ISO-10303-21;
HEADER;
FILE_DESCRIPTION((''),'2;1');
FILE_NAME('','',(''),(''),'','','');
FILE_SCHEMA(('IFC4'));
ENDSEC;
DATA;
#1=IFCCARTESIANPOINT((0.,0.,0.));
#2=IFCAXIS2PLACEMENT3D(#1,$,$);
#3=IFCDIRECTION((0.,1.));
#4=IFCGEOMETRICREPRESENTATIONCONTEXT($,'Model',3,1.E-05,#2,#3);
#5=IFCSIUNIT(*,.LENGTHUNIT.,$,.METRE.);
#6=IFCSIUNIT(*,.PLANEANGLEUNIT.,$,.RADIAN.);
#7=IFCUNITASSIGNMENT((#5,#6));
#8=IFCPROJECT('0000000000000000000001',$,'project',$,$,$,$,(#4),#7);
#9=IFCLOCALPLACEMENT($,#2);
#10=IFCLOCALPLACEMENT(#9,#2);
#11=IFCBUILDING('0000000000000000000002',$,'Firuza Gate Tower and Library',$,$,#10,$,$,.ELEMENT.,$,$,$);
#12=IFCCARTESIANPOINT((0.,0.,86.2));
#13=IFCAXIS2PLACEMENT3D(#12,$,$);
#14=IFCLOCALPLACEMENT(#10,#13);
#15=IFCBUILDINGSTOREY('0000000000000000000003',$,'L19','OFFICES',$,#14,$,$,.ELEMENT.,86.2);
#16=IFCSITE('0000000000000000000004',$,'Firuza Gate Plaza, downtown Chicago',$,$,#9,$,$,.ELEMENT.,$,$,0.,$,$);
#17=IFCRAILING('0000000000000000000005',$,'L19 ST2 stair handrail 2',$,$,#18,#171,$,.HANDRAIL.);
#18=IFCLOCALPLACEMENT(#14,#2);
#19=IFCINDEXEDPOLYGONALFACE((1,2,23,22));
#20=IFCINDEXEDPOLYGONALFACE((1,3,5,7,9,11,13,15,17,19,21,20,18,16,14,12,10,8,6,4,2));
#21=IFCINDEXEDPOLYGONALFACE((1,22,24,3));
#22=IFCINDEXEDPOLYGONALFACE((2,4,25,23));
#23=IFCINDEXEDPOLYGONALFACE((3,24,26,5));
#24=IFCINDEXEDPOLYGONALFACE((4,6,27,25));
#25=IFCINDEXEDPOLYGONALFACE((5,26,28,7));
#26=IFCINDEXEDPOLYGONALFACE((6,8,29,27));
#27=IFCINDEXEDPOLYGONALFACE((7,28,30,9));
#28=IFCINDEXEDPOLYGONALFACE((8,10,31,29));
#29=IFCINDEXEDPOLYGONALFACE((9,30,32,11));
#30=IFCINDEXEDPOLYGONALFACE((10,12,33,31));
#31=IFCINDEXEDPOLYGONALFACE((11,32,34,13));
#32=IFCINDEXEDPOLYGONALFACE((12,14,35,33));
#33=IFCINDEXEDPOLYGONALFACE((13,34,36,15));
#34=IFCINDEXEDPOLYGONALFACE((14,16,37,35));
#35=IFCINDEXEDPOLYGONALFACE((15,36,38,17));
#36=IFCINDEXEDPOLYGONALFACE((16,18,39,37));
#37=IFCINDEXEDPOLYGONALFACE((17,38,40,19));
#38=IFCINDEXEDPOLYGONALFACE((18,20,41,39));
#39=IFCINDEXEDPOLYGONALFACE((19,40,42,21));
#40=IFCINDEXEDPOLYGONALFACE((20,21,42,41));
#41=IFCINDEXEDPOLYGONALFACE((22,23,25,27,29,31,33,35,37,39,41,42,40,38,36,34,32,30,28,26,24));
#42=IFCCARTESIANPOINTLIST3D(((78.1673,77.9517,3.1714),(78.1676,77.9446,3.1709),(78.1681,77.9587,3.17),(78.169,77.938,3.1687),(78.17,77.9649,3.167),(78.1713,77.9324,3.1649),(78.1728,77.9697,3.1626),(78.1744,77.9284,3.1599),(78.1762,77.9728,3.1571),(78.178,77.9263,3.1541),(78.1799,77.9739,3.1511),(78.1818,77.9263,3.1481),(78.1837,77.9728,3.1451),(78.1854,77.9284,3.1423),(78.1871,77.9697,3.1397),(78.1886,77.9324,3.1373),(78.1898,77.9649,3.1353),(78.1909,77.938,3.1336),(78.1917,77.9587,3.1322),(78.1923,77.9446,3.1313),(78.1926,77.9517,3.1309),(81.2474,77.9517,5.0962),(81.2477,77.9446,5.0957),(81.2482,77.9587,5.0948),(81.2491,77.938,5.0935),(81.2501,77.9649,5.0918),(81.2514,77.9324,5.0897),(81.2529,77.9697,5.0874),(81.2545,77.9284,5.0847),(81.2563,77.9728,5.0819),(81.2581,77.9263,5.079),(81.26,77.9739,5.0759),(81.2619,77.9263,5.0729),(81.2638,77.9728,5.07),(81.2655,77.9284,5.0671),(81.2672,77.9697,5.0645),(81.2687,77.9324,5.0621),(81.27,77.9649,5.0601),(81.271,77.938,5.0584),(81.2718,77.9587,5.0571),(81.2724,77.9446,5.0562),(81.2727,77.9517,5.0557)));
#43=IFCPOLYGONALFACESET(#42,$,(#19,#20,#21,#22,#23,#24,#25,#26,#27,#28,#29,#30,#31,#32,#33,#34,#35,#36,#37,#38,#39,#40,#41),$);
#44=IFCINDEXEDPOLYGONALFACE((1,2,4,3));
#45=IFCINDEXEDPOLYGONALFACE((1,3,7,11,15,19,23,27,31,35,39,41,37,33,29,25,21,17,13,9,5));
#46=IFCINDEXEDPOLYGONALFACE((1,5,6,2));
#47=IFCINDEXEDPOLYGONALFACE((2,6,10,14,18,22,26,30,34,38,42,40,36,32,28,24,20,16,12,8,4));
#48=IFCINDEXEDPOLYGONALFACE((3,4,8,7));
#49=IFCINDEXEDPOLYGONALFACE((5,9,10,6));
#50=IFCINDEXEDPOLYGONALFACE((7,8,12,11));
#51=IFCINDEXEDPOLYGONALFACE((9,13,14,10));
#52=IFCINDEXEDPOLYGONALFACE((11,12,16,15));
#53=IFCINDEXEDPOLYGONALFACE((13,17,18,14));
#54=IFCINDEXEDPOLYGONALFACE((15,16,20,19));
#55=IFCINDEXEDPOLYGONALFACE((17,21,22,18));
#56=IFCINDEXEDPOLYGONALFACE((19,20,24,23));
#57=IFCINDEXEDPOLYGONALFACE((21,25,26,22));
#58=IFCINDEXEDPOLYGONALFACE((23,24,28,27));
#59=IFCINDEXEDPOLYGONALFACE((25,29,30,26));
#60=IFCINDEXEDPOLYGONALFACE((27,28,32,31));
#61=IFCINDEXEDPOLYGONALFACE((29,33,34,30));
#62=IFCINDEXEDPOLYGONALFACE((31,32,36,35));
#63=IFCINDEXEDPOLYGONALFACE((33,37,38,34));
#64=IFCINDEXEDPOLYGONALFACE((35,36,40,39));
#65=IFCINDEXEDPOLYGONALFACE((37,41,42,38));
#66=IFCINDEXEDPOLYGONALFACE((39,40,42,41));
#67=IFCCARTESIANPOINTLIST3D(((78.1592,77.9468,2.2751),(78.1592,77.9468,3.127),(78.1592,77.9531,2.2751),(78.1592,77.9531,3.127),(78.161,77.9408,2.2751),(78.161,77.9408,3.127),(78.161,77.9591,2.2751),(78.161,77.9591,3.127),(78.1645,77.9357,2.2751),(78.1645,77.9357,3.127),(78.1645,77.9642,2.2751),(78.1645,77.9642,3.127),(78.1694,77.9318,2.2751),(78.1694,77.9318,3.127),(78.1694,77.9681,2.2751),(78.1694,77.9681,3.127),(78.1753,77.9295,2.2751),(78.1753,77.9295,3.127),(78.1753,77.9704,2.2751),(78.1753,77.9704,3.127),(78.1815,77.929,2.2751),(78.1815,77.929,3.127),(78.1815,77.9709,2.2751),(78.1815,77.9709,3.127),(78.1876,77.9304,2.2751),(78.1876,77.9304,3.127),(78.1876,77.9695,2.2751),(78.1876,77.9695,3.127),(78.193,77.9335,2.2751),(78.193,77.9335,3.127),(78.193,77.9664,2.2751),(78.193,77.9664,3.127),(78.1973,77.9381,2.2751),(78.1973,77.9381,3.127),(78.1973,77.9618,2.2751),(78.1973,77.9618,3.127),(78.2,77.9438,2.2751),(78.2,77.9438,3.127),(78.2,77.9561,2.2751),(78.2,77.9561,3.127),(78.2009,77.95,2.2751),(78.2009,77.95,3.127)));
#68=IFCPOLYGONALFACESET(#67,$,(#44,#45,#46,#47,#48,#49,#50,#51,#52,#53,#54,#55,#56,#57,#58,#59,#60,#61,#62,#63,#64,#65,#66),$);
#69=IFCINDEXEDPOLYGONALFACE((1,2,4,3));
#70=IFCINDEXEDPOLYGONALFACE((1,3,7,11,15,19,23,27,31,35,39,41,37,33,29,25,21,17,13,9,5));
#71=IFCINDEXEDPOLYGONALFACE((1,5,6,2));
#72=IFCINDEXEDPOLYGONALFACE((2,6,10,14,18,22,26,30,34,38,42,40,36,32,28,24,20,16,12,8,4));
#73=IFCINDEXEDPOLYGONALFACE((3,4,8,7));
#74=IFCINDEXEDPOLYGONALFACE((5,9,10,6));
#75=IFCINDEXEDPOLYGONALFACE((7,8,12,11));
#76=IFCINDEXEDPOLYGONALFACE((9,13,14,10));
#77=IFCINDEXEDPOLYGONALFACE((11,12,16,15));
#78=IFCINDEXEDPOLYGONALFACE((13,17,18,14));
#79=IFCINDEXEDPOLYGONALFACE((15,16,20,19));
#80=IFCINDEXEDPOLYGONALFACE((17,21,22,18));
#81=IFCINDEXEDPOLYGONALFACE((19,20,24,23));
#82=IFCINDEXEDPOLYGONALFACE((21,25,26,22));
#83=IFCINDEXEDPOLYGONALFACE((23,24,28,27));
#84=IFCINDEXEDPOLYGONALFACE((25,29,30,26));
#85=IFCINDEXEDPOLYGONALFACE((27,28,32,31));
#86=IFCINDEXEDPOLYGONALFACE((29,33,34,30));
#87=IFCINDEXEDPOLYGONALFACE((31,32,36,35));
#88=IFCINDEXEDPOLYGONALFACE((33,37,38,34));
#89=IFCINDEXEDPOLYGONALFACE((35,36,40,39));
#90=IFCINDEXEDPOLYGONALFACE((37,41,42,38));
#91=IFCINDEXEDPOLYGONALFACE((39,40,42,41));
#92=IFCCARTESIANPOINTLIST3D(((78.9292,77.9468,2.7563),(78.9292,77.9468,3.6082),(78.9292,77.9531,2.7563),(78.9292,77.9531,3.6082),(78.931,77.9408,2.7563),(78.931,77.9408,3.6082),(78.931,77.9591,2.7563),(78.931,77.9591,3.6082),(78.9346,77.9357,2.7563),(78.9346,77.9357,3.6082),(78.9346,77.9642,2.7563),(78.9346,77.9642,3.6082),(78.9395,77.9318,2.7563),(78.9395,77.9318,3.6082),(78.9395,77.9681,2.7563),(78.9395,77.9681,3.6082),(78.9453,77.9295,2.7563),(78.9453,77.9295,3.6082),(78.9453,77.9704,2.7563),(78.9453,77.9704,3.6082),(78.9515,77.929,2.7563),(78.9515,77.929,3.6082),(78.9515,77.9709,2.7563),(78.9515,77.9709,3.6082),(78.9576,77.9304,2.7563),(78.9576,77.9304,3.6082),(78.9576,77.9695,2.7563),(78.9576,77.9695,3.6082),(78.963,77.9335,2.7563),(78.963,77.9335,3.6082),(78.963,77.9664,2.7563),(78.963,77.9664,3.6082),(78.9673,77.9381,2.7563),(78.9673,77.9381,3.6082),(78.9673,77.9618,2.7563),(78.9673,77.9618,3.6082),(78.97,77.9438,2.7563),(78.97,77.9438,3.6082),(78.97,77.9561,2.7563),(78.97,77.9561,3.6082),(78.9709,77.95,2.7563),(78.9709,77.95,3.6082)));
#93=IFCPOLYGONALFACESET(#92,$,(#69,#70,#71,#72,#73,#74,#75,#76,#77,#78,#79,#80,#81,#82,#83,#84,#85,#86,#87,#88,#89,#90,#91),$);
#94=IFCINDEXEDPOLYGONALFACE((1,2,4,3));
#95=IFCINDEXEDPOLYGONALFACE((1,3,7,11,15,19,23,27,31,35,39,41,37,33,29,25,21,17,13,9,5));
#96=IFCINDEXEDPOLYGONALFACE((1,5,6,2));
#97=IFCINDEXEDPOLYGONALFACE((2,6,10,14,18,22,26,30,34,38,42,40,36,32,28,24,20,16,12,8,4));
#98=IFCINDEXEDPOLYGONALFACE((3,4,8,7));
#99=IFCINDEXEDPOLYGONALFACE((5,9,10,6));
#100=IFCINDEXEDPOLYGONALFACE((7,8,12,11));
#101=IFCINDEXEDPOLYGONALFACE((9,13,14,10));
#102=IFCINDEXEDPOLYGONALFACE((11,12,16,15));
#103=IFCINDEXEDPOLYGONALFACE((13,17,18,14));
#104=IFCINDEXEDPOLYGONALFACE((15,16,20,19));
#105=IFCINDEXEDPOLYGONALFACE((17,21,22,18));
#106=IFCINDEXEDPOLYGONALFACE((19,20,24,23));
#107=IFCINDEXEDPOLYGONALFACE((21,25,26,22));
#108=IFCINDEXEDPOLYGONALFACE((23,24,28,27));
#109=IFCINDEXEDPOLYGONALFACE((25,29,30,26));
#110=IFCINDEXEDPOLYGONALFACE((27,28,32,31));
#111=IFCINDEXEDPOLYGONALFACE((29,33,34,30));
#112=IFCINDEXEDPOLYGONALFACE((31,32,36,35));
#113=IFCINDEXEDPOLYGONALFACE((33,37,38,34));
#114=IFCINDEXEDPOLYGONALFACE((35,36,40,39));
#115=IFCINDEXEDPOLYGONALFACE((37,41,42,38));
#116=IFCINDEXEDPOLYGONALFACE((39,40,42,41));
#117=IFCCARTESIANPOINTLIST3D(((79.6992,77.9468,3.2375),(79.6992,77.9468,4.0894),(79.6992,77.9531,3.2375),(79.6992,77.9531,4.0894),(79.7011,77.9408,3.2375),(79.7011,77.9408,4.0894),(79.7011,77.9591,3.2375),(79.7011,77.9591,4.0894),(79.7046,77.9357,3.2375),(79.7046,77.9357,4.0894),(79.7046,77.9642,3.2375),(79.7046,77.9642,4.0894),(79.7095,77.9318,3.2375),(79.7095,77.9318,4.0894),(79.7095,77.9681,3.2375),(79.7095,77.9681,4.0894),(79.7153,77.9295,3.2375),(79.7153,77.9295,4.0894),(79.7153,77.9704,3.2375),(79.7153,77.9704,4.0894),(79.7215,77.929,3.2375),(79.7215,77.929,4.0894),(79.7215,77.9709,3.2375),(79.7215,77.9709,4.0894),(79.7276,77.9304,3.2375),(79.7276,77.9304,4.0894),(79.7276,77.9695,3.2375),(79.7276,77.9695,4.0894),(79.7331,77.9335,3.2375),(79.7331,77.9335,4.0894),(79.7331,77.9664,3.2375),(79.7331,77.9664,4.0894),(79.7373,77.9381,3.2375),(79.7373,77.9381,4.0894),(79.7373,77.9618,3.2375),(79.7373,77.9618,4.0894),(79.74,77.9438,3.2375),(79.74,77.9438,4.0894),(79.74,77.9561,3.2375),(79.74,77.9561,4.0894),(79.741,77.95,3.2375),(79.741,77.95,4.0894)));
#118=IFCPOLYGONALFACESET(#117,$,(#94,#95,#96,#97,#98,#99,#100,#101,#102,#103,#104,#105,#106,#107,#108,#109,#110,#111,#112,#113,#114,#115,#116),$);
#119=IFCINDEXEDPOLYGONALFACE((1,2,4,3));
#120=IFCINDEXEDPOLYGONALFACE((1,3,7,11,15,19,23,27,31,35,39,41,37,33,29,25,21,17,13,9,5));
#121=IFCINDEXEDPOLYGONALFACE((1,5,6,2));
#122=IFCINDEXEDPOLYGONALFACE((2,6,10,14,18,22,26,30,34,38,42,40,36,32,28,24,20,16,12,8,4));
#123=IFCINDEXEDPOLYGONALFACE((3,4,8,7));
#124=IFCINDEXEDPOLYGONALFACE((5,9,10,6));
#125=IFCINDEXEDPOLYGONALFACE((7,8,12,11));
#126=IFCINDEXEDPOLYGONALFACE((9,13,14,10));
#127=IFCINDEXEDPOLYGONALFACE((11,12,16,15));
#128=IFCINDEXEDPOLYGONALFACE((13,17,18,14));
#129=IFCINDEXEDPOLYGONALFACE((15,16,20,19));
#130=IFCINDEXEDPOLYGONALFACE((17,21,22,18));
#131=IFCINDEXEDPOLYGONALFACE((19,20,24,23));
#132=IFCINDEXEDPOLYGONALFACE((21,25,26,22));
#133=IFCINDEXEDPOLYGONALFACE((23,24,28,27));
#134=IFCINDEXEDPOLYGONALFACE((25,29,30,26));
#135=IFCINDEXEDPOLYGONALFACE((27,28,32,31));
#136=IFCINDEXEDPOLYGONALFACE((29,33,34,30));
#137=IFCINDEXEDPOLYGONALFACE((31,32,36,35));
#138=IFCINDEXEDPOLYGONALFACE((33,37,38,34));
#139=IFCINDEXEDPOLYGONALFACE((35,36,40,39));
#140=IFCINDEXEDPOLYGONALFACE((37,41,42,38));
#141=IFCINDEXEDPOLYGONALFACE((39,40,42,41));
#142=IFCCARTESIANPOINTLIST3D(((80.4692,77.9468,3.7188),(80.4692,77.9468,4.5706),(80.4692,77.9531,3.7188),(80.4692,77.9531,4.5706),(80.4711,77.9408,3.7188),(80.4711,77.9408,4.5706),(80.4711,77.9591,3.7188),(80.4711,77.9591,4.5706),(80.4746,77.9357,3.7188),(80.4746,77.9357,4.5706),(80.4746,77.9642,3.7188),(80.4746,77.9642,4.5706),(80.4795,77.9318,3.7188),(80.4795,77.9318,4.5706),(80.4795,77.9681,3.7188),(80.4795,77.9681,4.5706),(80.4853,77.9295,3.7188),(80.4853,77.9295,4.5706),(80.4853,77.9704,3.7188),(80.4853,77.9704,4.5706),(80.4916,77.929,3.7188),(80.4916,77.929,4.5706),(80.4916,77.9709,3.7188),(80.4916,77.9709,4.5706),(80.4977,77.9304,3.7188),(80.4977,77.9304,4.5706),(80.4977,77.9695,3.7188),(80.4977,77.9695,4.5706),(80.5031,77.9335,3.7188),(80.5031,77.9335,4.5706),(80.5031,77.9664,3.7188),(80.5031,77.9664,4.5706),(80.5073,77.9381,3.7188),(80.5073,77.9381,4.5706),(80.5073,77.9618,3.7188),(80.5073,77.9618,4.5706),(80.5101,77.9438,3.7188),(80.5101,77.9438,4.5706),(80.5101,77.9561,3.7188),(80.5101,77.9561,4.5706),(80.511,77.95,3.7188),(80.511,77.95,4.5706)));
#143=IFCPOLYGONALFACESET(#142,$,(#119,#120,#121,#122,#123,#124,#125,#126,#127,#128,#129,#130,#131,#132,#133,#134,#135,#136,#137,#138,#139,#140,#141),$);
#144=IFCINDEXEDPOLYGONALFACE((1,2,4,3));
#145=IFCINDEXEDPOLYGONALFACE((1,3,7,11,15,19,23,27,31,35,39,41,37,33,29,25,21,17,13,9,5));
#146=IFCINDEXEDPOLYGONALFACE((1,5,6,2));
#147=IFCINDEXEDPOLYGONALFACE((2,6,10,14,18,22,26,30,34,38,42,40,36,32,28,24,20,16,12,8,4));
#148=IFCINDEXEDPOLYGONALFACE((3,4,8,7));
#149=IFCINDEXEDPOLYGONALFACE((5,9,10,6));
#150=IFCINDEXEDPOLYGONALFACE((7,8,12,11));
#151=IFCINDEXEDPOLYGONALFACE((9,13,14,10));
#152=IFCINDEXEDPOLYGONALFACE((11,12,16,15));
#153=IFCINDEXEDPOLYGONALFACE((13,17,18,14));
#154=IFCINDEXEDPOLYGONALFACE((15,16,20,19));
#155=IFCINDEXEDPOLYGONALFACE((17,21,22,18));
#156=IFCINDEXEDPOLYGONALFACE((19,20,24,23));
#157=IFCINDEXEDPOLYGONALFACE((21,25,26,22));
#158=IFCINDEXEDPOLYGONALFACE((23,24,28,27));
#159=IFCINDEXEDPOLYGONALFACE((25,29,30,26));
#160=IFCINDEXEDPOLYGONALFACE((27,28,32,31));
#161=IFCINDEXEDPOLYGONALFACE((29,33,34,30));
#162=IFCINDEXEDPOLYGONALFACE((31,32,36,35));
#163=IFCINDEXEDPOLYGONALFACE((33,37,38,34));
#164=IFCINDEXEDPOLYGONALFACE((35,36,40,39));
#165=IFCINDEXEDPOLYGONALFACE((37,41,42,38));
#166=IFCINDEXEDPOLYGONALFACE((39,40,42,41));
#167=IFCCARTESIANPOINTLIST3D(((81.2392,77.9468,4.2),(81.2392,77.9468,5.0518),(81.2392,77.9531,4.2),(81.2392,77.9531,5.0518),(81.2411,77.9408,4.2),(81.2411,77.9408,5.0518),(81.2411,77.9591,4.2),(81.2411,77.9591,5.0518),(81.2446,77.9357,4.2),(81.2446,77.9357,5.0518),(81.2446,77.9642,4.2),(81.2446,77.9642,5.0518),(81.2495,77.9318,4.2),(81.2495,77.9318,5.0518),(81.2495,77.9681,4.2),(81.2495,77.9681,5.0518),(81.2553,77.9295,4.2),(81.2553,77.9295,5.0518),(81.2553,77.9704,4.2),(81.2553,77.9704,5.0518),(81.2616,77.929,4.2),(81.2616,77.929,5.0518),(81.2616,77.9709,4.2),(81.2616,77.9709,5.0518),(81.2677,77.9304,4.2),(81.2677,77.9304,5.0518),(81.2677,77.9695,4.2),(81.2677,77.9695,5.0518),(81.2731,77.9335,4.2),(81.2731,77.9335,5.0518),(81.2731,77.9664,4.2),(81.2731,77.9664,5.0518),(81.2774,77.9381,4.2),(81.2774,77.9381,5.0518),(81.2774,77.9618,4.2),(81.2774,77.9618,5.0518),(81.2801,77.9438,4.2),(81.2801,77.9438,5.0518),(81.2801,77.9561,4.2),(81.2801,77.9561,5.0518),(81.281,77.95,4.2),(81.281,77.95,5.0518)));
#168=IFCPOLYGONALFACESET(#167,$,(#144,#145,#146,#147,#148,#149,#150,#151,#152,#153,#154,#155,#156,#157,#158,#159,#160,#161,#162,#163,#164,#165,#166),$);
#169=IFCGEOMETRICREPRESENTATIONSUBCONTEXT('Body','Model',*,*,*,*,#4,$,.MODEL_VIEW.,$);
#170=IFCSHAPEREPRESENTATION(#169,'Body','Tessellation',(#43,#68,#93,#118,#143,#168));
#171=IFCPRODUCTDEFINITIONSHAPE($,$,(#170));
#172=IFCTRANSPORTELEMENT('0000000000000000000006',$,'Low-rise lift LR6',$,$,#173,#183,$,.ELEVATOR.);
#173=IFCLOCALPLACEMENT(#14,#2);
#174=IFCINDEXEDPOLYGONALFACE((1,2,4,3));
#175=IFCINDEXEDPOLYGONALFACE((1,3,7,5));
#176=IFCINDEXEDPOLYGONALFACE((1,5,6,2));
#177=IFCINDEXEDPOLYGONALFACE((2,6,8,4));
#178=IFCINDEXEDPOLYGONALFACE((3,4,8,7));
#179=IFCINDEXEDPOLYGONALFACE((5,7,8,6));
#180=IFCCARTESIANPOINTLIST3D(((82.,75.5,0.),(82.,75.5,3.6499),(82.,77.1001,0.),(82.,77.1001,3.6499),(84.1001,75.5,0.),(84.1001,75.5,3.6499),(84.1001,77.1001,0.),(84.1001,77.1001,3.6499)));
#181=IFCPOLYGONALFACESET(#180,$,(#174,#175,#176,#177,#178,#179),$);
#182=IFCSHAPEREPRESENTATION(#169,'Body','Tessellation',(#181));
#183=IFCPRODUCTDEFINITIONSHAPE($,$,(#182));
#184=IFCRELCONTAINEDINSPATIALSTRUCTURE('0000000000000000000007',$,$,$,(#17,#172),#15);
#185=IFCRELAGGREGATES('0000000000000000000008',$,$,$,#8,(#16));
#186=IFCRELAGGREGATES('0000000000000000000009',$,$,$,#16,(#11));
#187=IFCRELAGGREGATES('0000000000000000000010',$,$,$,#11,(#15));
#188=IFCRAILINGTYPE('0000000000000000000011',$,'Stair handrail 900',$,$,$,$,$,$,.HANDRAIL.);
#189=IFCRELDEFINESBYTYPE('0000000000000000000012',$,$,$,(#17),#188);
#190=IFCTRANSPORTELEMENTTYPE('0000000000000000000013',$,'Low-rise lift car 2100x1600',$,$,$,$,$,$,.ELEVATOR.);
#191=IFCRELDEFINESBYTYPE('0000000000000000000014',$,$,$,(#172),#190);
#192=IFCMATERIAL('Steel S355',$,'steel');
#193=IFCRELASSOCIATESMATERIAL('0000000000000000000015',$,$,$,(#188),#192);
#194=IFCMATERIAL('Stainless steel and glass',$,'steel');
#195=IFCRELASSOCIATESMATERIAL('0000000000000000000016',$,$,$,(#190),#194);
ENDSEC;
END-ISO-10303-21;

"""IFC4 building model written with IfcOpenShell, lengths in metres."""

from ifc_helpers import new_model, si_unit, direction, frame, origin, origin_2d, place, context, subcontext, project, spatial, rectangle, circle, extrude, material, type_object, element, save


model = new_model("IFC4")

# Units and contexts
model_context = context("Model", 3, precision=1e-05, world=origin(), true_north=direction((0.0, 1.0)))
body_context = subcontext(model_context, "Body", "Model", "MODEL_VIEW")
ifc_project = project(units=[si_unit("LENGTHUNIT", "METRE"), si_unit("PLANEANGLEUNIT", "RADIAN")], contexts=[model_context])

# Site, building, storey
site_placement = place(None, origin())
site = spatial("IfcSite", under=ifc_project, at=site_placement, Name="Firuza Gate Plaza, downtown Chicago", CompositionType="ELEMENT", RefElevation=0.0)
building_placement = place(site_placement, origin())
building = spatial("IfcBuilding", under=site, at=building_placement, Name="Firuza Gate Tower and Library", CompositionType="ELEMENT")
storey_placement = place(building_placement, frame((0.0, 0.0, 86.2)))
storey = spatial("IfcBuildingStorey", under=building, at=storey_placement, Name="L19", Description="OFFICES", CompositionType="ELEMENT", Elevation=86.2)

# Railing
ifc_material_1 = material(Name="Steel S355", Category="steel")
railing_type_1 = type_object("IfcRailingType", Name="Stair handrail 900", PredefinedType="HANDRAIL", material=ifc_material_1)
railing_1_placement = place(storey_placement, frame((78.1799, 77.95, 2.2751)))
element("IfcRailing", 1, at=railing_1_placement, inside=storey, type_object=railing_type_1, Name="L19 ST2 stair handrail 2", PredefinedType="HANDRAIL", context=body_context, shape_type="SweptSolid", body=[
    extrude(circle(Radius=0.0239, at=origin_2d()), frame((0.0, 0.0, 0.876), z_axis=(0.848029, 0.0, 0.529951), x_axis=(0.0, 1.0, 0.0)), (0.0, 0.0, 1.0), 3.6321),
    extrude(circle(Radius=0.021, at=origin_2d()), origin(), (0.0, 0.0, 1.0), 0.8518),
    extrude(circle(Radius=0.021, at=origin_2d()), frame((0.77, 0.0, 0.4812)), (0.0, 0.0, 1.0), 0.8518),
    extrude(circle(Radius=0.021, at=origin_2d()), frame((1.54, 0.0, 0.9624)), (0.0, 0.0, 1.0), 0.8518),
    extrude(circle(Radius=0.021, at=origin_2d()), frame((2.3101, 0.0, 1.4436)), (0.0, 0.0, 1.0), 0.8518),
    extrude(circle(Radius=0.021, at=origin_2d()), frame((3.0801, 0.0, 1.9248)), (0.0, 0.0, 1.0), 0.8518),
])

# Transport element
ifc_material_2 = material(Name="Stainless steel and glass", Category="steel")
transport_element_type = type_object("IfcTransportElementType", Name="Low-rise lift car 2100x1600", PredefinedType="ELEVATOR", material=ifc_material_2)
transport_element_placement = place(storey_placement, frame((83.05, 76.3, 0.0), z_axis=(0.0, 0.0, 1.0), x_axis=(1.0, 0.0, 0.0)))
element("IfcTransportElement", 2, at=transport_element_placement, inside=storey, type_object=transport_element_type, Name="Low-rise lift LR6", PredefinedType="ELEVATOR", context=body_context, shape_type="SweptSolid", body=[
    extrude(rectangle(XDim=2.1001, YDim=1.6001, at=origin_2d()), origin(), (0.0, 0.0, 1.0), 3.6499),
])

save(model, "model.ifc")
